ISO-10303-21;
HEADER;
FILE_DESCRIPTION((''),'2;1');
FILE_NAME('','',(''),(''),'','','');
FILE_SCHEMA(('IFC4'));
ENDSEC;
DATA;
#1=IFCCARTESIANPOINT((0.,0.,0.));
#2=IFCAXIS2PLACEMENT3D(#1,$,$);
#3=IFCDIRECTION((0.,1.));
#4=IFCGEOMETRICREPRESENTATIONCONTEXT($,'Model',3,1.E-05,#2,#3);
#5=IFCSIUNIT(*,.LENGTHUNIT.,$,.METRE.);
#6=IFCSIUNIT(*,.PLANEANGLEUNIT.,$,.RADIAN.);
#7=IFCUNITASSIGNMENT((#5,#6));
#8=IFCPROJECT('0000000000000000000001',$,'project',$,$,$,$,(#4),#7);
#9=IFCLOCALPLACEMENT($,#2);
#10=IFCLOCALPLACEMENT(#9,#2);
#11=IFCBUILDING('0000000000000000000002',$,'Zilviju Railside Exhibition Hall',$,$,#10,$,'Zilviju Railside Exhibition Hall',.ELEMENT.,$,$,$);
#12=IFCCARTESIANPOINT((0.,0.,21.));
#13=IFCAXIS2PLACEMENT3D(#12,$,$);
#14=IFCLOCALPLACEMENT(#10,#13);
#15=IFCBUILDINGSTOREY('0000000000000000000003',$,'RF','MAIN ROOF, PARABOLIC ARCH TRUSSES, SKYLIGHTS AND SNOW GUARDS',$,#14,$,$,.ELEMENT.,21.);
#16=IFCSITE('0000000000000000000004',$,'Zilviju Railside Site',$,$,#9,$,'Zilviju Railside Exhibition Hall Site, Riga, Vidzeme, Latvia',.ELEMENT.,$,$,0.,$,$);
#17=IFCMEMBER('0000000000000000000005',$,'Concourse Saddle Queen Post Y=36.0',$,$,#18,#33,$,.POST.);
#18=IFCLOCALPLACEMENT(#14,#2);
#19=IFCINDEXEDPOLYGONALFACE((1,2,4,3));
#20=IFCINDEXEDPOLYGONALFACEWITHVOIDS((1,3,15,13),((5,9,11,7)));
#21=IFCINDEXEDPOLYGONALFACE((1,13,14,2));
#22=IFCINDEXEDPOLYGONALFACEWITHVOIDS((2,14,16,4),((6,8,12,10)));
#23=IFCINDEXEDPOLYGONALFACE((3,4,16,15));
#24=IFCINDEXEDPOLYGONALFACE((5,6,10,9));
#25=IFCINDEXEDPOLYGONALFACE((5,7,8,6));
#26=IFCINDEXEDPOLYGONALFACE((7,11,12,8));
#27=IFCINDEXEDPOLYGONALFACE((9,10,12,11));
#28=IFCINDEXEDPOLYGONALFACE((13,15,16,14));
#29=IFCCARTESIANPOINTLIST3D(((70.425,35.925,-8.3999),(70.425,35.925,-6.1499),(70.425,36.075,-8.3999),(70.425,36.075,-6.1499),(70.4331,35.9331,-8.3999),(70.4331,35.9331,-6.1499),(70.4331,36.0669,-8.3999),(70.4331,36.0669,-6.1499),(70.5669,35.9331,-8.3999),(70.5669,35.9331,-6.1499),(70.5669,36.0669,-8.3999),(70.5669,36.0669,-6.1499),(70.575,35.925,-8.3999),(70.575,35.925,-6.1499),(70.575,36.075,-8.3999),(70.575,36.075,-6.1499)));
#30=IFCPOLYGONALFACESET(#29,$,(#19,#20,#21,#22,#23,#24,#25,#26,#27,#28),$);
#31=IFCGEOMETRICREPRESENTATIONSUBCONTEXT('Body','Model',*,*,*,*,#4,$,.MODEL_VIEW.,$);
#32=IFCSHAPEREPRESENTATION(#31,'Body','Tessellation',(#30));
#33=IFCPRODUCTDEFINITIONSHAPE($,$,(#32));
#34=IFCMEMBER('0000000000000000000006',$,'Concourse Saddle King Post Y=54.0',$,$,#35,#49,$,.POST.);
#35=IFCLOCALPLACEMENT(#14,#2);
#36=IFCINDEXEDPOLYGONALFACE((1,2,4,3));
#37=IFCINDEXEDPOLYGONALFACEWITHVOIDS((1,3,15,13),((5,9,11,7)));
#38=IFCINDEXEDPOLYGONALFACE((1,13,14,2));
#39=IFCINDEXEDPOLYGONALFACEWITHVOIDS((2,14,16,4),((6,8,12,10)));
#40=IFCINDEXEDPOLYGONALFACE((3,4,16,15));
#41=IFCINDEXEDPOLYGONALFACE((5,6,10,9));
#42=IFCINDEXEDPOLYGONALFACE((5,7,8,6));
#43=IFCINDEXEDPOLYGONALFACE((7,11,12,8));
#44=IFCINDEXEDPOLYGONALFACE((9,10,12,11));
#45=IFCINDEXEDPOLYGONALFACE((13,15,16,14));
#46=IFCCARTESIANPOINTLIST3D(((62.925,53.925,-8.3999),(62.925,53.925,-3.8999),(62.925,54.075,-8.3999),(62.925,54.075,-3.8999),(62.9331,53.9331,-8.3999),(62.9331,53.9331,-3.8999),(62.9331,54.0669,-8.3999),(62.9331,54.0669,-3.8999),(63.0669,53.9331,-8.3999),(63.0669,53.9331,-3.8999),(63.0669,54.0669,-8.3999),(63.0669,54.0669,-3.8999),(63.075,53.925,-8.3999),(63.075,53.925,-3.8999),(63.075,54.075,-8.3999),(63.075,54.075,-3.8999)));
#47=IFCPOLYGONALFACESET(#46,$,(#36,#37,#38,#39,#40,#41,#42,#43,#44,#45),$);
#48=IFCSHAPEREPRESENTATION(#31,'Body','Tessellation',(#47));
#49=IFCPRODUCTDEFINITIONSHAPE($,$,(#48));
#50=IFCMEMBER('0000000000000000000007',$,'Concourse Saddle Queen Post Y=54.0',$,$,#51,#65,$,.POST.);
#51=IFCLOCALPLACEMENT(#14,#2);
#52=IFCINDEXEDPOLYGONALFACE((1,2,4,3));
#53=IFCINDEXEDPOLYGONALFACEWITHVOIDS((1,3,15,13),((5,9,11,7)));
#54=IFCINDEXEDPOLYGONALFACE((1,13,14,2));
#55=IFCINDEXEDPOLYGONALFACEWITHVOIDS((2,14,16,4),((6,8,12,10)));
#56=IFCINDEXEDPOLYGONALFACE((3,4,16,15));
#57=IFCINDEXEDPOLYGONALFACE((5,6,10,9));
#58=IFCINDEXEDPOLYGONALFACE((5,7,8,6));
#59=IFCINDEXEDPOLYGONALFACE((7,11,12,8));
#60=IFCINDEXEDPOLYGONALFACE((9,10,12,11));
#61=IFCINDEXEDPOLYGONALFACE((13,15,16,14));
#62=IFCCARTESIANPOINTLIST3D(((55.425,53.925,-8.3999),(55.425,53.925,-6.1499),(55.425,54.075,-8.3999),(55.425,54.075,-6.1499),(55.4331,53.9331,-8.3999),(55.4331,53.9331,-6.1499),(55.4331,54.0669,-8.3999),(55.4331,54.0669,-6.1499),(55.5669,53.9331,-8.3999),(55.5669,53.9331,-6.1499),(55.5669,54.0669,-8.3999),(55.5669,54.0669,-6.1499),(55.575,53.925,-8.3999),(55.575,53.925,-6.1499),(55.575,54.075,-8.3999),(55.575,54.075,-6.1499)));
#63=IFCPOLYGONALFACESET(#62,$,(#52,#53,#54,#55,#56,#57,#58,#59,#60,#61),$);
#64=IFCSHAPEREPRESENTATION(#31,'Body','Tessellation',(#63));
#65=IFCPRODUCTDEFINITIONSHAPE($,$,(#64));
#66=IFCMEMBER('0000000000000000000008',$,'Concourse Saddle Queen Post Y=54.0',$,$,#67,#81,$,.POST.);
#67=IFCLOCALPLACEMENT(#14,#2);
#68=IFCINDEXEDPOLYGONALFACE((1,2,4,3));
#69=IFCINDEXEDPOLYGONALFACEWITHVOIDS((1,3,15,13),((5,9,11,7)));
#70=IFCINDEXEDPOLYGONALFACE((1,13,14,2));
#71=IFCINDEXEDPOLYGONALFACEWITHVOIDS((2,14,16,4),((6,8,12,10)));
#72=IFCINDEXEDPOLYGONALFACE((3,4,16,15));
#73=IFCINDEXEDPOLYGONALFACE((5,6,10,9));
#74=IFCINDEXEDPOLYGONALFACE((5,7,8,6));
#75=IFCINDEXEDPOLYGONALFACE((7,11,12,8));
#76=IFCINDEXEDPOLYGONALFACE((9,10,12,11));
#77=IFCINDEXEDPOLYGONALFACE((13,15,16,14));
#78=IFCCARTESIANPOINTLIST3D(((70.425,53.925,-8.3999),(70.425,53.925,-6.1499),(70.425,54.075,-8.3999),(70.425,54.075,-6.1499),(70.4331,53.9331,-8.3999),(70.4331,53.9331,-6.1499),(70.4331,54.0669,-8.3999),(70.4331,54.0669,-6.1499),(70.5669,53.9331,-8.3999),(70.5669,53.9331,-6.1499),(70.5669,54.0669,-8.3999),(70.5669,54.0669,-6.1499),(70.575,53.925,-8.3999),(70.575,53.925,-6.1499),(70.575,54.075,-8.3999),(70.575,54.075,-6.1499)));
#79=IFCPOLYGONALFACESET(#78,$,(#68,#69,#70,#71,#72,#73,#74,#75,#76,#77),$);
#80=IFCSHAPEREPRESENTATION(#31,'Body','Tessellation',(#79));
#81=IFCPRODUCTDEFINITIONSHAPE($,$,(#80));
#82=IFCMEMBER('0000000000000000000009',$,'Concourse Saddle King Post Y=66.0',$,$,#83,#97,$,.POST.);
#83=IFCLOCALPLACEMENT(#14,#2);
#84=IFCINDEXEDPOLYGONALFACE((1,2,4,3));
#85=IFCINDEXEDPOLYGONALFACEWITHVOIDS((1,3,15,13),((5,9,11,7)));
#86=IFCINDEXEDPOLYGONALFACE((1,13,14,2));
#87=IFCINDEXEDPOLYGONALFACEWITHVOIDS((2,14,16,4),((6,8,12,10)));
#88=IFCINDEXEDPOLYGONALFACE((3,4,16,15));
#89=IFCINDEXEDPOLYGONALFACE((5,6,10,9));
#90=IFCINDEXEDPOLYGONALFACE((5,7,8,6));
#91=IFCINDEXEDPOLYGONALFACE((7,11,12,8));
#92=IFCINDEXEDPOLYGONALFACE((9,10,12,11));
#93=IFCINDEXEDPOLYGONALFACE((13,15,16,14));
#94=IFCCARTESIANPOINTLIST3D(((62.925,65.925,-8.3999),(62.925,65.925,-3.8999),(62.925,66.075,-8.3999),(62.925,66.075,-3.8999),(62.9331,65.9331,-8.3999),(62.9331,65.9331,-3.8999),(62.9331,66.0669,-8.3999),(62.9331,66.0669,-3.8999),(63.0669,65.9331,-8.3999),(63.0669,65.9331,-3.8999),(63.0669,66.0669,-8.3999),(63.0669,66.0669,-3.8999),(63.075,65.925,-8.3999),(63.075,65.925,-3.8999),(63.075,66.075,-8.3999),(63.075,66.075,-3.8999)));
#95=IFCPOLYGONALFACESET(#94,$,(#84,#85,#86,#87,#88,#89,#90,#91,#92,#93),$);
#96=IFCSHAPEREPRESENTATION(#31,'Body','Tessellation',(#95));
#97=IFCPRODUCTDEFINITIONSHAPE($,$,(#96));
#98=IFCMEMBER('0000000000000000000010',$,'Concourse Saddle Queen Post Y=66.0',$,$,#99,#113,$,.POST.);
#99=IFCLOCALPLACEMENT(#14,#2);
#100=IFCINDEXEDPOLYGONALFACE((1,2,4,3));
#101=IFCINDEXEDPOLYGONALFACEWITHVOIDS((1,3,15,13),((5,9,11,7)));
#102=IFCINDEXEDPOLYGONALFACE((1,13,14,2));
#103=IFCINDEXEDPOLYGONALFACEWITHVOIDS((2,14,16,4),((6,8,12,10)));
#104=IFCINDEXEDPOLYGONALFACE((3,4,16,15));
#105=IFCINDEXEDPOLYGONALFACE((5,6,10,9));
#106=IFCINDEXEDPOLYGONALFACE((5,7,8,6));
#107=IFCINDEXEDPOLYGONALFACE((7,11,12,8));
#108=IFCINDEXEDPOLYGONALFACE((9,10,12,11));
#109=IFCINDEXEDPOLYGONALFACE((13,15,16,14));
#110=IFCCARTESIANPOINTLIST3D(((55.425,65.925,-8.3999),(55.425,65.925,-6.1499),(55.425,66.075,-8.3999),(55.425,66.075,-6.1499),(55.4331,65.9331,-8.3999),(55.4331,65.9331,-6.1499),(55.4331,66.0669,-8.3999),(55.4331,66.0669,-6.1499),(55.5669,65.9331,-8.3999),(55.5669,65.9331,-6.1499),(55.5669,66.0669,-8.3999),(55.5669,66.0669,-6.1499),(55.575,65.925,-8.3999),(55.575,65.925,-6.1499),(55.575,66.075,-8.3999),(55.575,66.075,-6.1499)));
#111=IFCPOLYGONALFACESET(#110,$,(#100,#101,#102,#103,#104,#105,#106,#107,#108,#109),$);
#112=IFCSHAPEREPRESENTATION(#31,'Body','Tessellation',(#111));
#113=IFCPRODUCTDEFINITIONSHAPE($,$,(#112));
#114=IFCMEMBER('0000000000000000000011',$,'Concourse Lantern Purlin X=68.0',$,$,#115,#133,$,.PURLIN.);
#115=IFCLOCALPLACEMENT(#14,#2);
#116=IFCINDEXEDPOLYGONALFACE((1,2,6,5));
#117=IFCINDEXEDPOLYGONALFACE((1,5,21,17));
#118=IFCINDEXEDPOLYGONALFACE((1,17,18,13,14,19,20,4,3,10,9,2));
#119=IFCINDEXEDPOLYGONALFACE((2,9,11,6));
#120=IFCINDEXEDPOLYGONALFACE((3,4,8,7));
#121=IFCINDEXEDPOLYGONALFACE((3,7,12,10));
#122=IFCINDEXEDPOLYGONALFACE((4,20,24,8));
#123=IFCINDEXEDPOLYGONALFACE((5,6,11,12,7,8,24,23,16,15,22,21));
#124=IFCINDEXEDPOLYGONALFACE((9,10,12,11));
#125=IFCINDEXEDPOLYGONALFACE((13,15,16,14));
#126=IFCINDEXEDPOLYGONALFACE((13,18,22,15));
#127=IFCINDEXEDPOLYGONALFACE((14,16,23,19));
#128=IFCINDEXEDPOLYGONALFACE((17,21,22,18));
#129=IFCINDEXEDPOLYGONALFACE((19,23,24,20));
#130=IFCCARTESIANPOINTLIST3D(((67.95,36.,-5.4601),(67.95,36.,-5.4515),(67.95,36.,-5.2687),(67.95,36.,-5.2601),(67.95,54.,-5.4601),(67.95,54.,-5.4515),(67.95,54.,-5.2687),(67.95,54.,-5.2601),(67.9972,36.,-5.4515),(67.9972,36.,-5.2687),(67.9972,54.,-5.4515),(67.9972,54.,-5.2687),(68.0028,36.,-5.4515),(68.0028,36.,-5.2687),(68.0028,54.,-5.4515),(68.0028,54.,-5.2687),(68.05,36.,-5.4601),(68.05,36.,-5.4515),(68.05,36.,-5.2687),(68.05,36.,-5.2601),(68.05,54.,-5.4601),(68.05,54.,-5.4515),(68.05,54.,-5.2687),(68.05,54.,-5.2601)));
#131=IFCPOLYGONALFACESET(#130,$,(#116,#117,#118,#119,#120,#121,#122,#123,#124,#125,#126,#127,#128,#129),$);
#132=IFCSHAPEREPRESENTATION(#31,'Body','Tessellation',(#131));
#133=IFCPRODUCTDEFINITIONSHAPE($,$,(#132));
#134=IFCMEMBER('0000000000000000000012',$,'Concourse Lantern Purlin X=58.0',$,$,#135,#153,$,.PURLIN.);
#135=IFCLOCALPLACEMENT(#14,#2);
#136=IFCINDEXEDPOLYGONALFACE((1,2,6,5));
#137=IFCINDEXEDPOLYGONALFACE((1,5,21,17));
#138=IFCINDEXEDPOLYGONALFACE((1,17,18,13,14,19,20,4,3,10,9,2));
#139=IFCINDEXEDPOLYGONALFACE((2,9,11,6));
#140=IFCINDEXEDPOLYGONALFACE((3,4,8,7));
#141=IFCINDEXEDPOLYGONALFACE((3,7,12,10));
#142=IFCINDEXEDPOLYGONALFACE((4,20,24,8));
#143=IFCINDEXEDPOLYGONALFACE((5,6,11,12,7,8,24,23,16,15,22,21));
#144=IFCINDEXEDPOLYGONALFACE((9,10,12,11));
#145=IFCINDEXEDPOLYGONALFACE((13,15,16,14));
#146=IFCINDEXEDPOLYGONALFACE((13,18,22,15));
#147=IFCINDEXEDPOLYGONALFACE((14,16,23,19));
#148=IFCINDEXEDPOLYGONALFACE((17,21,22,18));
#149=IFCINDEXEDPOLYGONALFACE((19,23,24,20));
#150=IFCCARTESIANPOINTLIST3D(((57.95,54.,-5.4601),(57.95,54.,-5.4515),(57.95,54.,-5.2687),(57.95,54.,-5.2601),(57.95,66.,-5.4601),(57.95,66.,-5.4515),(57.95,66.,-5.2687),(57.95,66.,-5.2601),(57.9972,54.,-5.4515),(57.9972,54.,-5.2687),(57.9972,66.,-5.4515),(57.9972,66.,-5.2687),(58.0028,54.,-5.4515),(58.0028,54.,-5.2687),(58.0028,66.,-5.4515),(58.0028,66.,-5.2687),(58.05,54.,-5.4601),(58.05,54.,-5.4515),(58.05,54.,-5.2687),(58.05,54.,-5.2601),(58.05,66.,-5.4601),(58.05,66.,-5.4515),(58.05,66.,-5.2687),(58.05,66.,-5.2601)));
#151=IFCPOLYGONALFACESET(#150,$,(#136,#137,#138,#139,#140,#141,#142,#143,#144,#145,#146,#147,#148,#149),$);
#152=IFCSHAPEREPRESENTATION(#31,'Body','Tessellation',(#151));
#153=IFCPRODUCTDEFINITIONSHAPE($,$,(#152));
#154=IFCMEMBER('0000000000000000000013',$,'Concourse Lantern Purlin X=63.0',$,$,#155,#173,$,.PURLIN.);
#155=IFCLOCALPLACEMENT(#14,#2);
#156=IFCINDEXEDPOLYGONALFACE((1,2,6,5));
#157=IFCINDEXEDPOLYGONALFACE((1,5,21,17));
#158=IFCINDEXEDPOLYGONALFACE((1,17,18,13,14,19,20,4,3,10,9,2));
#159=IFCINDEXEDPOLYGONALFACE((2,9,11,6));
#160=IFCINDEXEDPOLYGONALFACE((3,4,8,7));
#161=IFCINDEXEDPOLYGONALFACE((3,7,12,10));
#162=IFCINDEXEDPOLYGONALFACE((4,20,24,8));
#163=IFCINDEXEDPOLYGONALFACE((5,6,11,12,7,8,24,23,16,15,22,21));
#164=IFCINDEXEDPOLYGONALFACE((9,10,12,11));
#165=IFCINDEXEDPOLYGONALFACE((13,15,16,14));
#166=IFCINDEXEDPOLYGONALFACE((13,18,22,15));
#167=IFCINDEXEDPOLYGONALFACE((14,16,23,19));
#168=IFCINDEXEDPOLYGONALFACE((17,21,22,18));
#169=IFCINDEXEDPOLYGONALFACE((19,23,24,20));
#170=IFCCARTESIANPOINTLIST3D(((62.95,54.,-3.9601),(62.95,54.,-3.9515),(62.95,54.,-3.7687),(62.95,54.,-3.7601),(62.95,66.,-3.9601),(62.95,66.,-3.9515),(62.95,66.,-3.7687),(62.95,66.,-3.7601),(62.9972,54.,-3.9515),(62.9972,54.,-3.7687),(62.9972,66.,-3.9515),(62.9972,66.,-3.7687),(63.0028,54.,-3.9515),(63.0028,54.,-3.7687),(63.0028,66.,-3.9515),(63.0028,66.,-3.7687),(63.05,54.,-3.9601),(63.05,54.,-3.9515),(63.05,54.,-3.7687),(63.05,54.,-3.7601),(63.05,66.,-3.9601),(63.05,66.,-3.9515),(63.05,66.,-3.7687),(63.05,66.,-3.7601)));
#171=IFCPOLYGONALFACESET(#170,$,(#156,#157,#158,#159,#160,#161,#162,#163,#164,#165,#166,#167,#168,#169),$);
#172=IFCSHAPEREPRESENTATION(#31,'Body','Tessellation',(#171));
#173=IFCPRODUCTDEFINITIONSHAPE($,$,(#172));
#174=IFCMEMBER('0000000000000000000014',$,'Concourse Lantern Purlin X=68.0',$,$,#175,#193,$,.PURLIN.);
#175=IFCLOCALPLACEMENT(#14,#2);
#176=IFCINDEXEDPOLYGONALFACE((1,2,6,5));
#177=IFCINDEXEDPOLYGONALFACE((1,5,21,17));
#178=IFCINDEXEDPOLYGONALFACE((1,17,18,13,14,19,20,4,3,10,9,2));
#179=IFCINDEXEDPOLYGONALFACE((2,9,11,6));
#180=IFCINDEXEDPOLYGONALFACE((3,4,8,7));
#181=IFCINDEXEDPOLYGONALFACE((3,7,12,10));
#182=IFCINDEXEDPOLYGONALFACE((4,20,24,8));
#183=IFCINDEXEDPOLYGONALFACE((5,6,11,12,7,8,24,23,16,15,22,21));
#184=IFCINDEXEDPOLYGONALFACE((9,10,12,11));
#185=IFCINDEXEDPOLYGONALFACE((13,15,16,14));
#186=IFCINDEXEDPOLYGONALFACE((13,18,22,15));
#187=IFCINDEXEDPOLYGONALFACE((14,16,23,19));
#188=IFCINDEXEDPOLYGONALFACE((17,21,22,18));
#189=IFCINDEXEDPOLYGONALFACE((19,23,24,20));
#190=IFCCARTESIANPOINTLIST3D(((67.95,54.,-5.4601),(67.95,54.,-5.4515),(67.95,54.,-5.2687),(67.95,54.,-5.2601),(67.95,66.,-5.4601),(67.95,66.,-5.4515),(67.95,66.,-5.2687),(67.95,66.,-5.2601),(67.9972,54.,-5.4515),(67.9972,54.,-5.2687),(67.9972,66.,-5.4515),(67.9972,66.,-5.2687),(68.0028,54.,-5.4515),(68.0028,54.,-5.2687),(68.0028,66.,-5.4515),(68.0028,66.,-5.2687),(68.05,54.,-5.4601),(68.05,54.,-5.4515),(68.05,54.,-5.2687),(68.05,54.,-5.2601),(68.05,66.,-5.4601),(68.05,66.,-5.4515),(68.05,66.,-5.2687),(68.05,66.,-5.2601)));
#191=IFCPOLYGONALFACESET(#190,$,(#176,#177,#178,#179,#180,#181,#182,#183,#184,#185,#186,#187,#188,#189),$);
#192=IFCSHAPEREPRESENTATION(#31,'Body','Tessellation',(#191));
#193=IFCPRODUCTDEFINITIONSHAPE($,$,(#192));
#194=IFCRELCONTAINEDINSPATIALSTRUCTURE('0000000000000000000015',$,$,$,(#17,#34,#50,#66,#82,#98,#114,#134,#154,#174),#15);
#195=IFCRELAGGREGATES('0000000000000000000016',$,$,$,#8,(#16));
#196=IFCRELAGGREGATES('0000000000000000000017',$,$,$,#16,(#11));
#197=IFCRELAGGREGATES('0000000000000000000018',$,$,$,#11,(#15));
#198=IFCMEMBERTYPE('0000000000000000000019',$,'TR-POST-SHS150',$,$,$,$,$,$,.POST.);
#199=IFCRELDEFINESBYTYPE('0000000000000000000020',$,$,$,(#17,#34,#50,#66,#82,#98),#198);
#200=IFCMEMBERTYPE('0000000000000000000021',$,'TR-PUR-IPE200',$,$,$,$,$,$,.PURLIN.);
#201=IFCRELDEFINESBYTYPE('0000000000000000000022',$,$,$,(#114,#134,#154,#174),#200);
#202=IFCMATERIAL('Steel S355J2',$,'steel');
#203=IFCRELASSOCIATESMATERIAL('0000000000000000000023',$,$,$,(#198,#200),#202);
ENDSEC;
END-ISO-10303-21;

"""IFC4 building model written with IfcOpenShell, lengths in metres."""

from ifc_helpers import new_model, si_unit, direction, frame, origin, origin_2d, place, context, subcontext, project, spatial, hollow_rectangle, i_section, extrude, material, material_profile, profile_set, type_object, element, save


model = new_model("IFC4")

# Units and contexts
model_context = context("Model", 3, precision=1e-05, world=origin(), true_north=direction((0.0, 1.0)))
body_context = subcontext(model_context, "Body", "Model", "MODEL_VIEW")
ifc_project = project(units=[si_unit("LENGTHUNIT", "METRE"), si_unit("PLANEANGLEUNIT", "RADIAN")], contexts=[model_context])

# Site, building, storey
site_placement = place(None, origin())
site = spatial("IfcSite", under=ifc_project, at=site_placement, Name="Zilviju Railside Site", LongName="Zilviju Railside Exhibition Hall Site, Riga, Vidzeme, Latvia", CompositionType="ELEMENT", RefElevation=0.0)
building_placement = place(site_placement, origin())
building = spatial("IfcBuilding", under=site, at=building_placement, Name="Zilviju Railside Exhibition Hall", LongName="Zilviju Railside Exhibition Hall", CompositionType="ELEMENT")
storey_placement = place(building_placement, frame((0.0, 0.0, 21.0)))
storey = spatial("IfcBuildingStorey", under=building, at=storey_placement, Name="RF", Description="MAIN ROOF, PARABOLIC ARCH TRUSSES, SKYLIGHTS AND SNOW GUARDS", CompositionType="ELEMENT", Elevation=21.0)

# Members
ifc_material_1 = material(Name="Steel S355J2", Category="steel")
ifc_material_profile_1 = material_profile(ifc_material_1, hollow_rectangle(XDim=0.1499, YDim=0.1499, WallThickness=0.0081, at=origin_2d()), Name="SHS 150x150x8.0")
ifc_profile_set_1 = profile_set([ifc_material_profile_1], Name="Steel S355J2")
member_type_1 = type_object("IfcMemberType", Name="TR-POST-SHS150", PredefinedType="POST", material=ifc_profile_set_1)
member_1_placement = place(storey_placement, frame((70.5, 36.0, -8.3999), z_axis=(0.0, 0.0, 1.0), x_axis=(1.0, 0.0, 0.0)))
element("IfcMember", 1, at=member_1_placement, inside=storey, type_object=member_type_1, Name="Concourse Saddle Queen Post Y=36.0", PredefinedType="POST", context=body_context, shape_type="SweptSolid", body=[
    extrude(hollow_rectangle(XDim=0.1499, YDim=0.1499, WallThickness=0.0081, at=origin_2d()), origin(), (0.0, 0.0, 1.0), 2.25),
])
member_2_placement = place(storey_placement, frame((63.0, 54.0, -8.3999), z_axis=(0.0, 0.0, 1.0), x_axis=(1.0, 0.0, 0.0)))
element("IfcMember", 2, at=member_2_placement, inside=storey, type_object=member_type_1, Name="Concourse Saddle King Post Y=54.0", PredefinedType="POST", context=body_context, shape_type="SweptSolid", body=[
    extrude(hollow_rectangle(XDim=0.1499, YDim=0.1499, WallThickness=0.0081, at=origin_2d()), origin(), (0.0, 0.0, 1.0), 4.5),
])
for number, where, z_axis, x_axis, name in (
    (3, (55.5, 54.0, -8.3999), (0.0, 0.0, 1.0), (1.0, 0.0, 0.0), "Concourse Saddle Queen Post Y=54.0"),
    (4, (70.5, 54.0, -8.3999), (0.0, 0.0, 1.0), (1.0, 0.0, 0.0), "Concourse Saddle Queen Post Y=54.0"),
):
    element("IfcMember", number, at=place(storey_placement, frame(where, z_axis=z_axis, x_axis=x_axis)), inside=storey, type_object=member_type_1, Name=name, PredefinedType="POST", context=body_context, shape_type="SweptSolid", body=[
        extrude(hollow_rectangle(XDim=0.1499, YDim=0.1499, WallThickness=0.0081, at=origin_2d()), origin(), (0.0, 0.0, 1.0), 2.25),
    ])
member_3_placement = place(storey_placement, frame((63.0, 66.0, -8.3999), z_axis=(0.0, 0.0, 1.0), x_axis=(1.0, 0.0, 0.0)))
element("IfcMember", 5, at=member_3_placement, inside=storey, type_object=member_type_1, Name="Concourse Saddle King Post Y=66.0", PredefinedType="POST", context=body_context, shape_type="SweptSolid", body=[
    extrude(hollow_rectangle(XDim=0.1499, YDim=0.1499, WallThickness=0.0081, at=origin_2d()), origin(), (0.0, 0.0, 1.0), 4.5),
])
member_4_placement = place(storey_placement, frame((55.5, 66.0, -8.3999), z_axis=(0.0, 0.0, 1.0), x_axis=(1.0, 0.0, 0.0)))
element("IfcMember", 6, at=member_4_placement, inside=storey, type_object=member_type_1, Name="Concourse Saddle Queen Post Y=66.0", PredefinedType="POST", context=body_context, shape_type="SweptSolid", body=[
    extrude(hollow_rectangle(XDim=0.1499, YDim=0.1499, WallThickness=0.0081, at=origin_2d()), origin(), (0.0, 0.0, 1.0), 2.25),
])
ifc_material_profile_2 = material_profile(ifc_material_1, i_section(OverallWidth=0.1001, OverallDepth=0.2, WebThickness=0.0056, FlangeThickness=0.0085, at=origin_2d()), Name="IPE 200")
ifc_profile_set_2 = profile_set([ifc_material_profile_2], Name="Steel S355J2")
member_type_2 = type_object("IfcMemberType", Name="TR-PUR-IPE200", PredefinedType="PURLIN", material=ifc_profile_set_2)
member_5_placement = place(storey_placement, frame((68.0, 36.0, -5.3601), z_axis=(0.0, 1.0, 0.0), x_axis=(-1.0, 0.0, 0.0)))
element("IfcMember", 7, at=member_5_placement, inside=storey, type_object=member_type_2, Name="Concourse Lantern Purlin X=68.0", PredefinedType="PURLIN", context=body_context, shape_type="SweptSolid", body=[
    extrude(i_section(OverallWidth=0.1001, OverallDepth=0.2, WebThickness=0.0056, FlangeThickness=0.0085, at=origin_2d()), origin(), (0.0, 0.0, 1.0), 18.0),
])
for number, where, z_axis, x_axis, name in (
    (8, (58.0, 54.0, -5.3601), (0.0, 1.0, 0.0), (-1.0, 0.0, 0.0), "Concourse Lantern Purlin X=58.0"),
    (9, (63.0, 54.0, -3.8601), (0.0, 1.0, 0.0), (-1.0, 0.0, 0.0), "Concourse Lantern Purlin X=63.0"),
    (10, (68.0, 54.0, -5.3601), (0.0, 1.0, 0.0), (-1.0, 0.0, 0.0), "Concourse Lantern Purlin X=68.0"),
):
    element("IfcMember", number, at=place(storey_placement, frame(where, z_axis=z_axis, x_axis=x_axis)), inside=storey, type_object=member_type_2, Name=name, PredefinedType="PURLIN", context=body_context, shape_type="SweptSolid", body=[
        extrude(i_section(OverallWidth=0.1001, OverallDepth=0.2, WebThickness=0.0056, FlangeThickness=0.0085, at=origin_2d()), origin(), (0.0, 0.0, 1.0), 12.0),
    ])

save(model, "model.ifc")
